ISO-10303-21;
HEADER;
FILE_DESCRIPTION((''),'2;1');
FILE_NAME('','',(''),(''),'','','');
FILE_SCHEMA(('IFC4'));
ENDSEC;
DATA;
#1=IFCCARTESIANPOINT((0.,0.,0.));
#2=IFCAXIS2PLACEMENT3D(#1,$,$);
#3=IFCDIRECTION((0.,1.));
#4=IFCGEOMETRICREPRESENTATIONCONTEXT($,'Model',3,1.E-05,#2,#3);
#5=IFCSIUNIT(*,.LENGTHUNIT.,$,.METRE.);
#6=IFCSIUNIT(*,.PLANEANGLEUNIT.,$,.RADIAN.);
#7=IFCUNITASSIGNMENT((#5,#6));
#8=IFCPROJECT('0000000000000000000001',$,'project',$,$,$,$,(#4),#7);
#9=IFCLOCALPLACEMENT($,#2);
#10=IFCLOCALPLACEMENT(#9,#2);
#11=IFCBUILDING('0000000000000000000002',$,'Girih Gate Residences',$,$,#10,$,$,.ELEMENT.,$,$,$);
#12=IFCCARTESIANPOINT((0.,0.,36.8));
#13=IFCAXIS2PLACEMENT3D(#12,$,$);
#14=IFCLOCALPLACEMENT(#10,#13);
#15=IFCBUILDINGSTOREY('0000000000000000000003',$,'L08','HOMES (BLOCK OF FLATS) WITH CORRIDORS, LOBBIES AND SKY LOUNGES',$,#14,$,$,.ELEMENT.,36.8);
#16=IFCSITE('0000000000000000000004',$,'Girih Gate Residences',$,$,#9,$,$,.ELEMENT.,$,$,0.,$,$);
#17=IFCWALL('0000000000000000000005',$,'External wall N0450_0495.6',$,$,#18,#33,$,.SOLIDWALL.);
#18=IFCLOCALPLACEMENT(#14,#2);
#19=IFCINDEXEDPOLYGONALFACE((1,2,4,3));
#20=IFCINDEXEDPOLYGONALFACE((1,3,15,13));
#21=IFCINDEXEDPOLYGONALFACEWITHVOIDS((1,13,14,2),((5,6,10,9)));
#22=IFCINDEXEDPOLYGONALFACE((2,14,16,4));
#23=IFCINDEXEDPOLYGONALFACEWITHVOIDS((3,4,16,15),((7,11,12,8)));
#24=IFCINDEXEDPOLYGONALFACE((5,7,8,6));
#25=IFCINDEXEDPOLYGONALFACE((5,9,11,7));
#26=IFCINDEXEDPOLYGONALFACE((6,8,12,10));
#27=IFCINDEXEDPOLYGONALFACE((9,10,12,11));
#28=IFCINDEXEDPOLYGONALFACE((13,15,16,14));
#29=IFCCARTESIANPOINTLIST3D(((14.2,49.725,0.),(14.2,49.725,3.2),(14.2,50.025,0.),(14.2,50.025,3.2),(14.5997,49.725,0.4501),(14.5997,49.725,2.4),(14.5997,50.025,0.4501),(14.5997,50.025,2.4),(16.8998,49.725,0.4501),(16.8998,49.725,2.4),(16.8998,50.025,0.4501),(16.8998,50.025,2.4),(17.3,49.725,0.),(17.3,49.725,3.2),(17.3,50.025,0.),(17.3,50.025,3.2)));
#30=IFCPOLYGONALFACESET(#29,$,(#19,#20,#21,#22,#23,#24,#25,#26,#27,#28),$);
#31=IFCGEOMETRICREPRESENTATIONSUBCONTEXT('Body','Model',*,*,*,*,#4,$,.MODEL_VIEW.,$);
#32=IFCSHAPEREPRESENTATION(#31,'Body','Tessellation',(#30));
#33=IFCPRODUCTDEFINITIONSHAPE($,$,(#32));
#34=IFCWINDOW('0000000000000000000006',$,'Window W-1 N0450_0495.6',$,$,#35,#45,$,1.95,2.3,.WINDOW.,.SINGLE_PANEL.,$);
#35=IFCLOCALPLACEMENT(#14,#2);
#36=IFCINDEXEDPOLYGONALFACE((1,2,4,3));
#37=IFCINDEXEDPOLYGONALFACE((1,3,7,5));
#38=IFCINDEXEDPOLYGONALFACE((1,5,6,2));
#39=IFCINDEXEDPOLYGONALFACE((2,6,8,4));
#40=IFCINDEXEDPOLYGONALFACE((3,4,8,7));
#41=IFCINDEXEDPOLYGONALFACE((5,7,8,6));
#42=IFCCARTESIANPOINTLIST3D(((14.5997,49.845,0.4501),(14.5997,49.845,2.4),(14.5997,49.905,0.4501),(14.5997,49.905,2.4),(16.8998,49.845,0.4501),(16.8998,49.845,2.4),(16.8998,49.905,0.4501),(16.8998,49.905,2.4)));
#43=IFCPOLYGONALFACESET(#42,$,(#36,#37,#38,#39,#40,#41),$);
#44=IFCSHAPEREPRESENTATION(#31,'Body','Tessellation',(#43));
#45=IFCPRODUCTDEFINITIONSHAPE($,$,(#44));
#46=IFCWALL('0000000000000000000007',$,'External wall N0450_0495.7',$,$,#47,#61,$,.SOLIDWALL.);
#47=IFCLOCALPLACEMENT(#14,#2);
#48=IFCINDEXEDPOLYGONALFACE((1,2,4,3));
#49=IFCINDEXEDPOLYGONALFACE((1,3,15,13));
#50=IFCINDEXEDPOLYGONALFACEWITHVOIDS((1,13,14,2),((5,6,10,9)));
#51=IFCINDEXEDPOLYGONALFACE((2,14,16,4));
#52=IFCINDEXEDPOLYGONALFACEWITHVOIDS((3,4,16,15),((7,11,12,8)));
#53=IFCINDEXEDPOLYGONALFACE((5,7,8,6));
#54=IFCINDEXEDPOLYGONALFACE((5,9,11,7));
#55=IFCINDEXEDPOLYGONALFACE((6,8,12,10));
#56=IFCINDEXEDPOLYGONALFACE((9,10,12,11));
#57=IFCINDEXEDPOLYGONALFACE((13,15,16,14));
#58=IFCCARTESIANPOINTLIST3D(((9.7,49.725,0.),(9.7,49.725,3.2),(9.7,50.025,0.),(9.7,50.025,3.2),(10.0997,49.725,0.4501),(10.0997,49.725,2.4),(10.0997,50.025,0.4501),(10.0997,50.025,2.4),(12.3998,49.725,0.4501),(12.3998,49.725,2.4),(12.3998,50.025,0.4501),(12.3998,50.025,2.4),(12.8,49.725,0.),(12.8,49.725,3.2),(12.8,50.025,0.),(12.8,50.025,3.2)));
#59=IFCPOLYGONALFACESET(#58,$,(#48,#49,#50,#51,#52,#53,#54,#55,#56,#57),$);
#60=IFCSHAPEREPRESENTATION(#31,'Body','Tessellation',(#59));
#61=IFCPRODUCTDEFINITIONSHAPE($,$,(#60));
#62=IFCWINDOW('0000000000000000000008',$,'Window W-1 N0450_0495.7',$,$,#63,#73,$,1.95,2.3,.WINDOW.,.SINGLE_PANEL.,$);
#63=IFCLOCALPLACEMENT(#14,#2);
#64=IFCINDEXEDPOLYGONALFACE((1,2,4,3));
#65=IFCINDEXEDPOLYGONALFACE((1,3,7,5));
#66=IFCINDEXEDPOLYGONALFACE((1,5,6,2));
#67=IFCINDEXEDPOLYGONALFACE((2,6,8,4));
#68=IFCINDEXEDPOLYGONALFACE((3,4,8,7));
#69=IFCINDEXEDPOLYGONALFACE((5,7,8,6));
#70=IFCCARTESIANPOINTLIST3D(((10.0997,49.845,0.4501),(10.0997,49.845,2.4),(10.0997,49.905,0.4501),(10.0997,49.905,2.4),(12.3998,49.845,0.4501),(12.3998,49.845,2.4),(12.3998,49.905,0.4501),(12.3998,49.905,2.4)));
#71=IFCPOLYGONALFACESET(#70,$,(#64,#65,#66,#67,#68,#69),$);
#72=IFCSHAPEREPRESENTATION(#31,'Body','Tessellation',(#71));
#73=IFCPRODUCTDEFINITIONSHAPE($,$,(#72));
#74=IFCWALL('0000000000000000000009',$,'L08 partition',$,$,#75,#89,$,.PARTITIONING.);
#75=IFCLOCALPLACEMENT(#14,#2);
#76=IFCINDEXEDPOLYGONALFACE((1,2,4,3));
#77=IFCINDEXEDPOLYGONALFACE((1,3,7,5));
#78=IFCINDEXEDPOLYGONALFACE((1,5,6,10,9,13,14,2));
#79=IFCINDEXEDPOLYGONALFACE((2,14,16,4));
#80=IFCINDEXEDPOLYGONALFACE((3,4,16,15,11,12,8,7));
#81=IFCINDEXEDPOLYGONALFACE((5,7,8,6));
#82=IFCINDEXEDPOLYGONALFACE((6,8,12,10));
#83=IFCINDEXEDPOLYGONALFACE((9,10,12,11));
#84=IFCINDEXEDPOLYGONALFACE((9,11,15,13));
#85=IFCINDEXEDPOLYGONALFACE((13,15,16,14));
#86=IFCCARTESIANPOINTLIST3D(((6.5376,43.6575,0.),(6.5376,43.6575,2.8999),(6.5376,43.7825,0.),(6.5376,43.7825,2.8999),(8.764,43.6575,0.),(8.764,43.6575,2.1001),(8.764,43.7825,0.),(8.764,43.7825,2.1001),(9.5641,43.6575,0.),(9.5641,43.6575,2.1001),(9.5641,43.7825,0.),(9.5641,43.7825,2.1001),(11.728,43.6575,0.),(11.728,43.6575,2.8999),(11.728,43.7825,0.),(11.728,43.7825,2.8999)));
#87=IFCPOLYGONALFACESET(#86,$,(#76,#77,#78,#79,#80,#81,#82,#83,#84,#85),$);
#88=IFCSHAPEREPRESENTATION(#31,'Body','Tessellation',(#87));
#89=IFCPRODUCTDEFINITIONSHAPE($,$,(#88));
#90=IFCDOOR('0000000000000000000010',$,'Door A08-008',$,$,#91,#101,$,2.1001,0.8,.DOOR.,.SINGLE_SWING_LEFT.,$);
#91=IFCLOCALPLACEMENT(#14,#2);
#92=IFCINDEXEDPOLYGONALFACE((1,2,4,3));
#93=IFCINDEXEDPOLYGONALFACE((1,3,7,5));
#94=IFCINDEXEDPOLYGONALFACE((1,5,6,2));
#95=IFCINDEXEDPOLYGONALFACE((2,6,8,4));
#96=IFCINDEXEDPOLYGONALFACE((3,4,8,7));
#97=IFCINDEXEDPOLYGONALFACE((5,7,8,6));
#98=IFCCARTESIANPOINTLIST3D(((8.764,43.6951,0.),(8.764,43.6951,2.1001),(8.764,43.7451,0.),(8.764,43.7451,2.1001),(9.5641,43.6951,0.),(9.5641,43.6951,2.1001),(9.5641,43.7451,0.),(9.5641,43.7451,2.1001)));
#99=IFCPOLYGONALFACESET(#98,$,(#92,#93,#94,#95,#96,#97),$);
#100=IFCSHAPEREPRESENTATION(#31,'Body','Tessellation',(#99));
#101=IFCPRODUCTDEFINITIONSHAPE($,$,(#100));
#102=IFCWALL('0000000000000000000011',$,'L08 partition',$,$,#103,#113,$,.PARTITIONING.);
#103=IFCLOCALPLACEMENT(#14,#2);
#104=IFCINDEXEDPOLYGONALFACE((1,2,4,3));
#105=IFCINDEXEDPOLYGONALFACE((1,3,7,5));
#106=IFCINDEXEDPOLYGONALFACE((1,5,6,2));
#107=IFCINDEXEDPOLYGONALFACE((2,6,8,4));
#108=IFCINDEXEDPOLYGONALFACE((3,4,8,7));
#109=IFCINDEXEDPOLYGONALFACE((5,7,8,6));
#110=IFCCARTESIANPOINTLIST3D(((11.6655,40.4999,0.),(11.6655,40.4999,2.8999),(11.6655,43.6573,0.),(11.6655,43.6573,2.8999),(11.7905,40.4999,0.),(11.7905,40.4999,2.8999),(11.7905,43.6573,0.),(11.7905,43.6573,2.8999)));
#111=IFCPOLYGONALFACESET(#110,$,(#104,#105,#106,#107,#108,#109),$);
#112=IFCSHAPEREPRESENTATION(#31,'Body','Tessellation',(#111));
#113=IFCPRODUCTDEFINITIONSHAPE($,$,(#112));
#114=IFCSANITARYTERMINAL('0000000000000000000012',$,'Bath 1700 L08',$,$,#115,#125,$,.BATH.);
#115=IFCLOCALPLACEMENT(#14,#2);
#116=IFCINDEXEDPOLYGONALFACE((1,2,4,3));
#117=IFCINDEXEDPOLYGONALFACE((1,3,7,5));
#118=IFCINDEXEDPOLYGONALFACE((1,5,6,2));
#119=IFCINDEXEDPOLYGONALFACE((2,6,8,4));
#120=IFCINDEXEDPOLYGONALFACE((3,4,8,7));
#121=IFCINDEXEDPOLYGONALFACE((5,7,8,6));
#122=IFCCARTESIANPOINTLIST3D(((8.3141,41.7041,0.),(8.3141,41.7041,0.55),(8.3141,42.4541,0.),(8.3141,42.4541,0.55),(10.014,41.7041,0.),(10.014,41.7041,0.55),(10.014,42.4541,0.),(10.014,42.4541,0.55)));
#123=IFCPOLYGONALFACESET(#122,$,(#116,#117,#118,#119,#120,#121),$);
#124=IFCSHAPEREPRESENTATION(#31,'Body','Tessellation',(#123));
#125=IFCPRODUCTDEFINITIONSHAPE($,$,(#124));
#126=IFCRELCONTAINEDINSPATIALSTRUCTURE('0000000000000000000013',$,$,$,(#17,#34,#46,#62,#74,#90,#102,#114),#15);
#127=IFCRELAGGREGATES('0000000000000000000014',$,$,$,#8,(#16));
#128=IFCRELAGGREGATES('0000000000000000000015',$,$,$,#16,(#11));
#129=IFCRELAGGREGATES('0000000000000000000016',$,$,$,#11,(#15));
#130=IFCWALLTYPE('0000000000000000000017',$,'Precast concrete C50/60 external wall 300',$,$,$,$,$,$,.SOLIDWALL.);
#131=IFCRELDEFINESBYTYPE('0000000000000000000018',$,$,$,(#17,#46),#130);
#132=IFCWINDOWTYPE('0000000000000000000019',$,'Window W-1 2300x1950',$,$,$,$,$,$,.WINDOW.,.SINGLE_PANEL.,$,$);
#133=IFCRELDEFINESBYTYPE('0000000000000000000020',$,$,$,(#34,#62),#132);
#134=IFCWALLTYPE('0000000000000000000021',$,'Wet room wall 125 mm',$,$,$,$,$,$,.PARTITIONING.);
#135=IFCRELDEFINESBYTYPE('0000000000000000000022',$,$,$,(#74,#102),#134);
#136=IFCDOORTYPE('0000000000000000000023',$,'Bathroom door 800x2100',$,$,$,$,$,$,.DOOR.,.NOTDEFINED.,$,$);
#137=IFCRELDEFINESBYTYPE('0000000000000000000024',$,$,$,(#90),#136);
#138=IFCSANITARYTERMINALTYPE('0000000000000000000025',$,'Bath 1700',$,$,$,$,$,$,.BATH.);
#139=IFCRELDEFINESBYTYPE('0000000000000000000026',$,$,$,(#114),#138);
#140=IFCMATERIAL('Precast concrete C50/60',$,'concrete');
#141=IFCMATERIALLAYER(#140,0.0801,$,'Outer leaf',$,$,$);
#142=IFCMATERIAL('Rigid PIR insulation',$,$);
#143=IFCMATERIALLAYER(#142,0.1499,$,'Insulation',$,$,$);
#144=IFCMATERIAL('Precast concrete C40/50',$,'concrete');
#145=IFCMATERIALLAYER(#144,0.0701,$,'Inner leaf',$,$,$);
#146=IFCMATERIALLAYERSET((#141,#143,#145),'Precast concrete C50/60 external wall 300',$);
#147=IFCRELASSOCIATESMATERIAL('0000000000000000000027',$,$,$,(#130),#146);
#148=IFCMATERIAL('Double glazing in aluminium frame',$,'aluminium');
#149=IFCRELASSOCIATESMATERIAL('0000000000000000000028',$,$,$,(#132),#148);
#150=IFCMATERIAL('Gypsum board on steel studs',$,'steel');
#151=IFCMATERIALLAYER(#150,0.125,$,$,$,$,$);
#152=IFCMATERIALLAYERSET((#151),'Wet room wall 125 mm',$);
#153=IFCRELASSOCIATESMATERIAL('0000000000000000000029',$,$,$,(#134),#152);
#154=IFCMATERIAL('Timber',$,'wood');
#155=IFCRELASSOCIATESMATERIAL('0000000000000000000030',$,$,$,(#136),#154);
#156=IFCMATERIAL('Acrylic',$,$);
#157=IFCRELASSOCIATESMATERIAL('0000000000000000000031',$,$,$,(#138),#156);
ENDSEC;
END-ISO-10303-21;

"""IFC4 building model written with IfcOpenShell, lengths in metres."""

from ifc_helpers import new_model, si_unit, direction, frame, frame_2d, origin, origin_2d, place, context, subcontext, project, spatial, rectangle, extrude, material, layer, layer_set, type_object, element, fill, save


model = new_model("IFC4")

# Units and contexts
model_context = context("Model", 3, precision=1e-05, world=origin(), true_north=direction((0.0, 1.0)))
body_context = subcontext(model_context, "Body", "Model", "MODEL_VIEW")
ifc_project = project(units=[si_unit("LENGTHUNIT", "METRE"), si_unit("PLANEANGLEUNIT", "RADIAN")], contexts=[model_context])

# Site, building, storey
site_placement = place(None, origin())
site = spatial("IfcSite", under=ifc_project, at=site_placement, Name="Girih Gate Residences", CompositionType="ELEMENT", RefElevation=0.0)
building_placement = place(site_placement, origin())
building = spatial("IfcBuilding", under=site, at=building_placement, Name="Girih Gate Residences", CompositionType="ELEMENT")
storey_placement = place(building_placement, frame((0.0, 0.0, 36.8)))
storey = spatial("IfcBuildingStorey", under=building, at=storey_placement, Name="L08", Description="HOMES (BLOCK OF FLATS) WITH CORRIDORS, LOBBIES AND SKY LOUNGES", CompositionType="ELEMENT", Elevation=36.8)

# Shared definitions
ifc_material_1 = material(Name="Gypsum board on steel studs", Category="steel")

# Shared definitions
ifc_material_2 = material(Name="Timber", Category="wood")

# Walls, openings, windows
ifc_material_3 = material(Name="Precast concrete C50/60", Category="concrete")
ifc_layer_1 = layer(ifc_material_3, 0.0801, Name="Outer leaf")
ifc_material_4 = material(Name="Rigid PIR insulation")
ifc_layer_2 = layer(ifc_material_4, 0.1499, Name="Insulation")
ifc_material_5 = material(Name="Precast concrete C40/50", Category="concrete")
ifc_layer_3 = layer(ifc_material_5, 0.0701, Name="Inner leaf")
ifc_layer_set_1 = layer_set([ifc_layer_1, ifc_layer_2, ifc_layer_3], Name="Precast concrete C50/60 external wall 300")
wall_type_1 = type_object("IfcWallType", Name="Precast concrete C50/60 external wall 300", PredefinedType="SOLIDWALL", material=ifc_layer_set_1)
ifc_material_6 = material(Name="Double glazing in aluminium frame", Category="aluminium")
window_type = type_object("IfcWindowType", Name="Window W-1 2300x1950", PartitioningType="SINGLE_PANEL", PredefinedType="WINDOW", material=ifc_material_6)
wall_1_placement = place(storey_placement, frame((14.2, 49.875, 0.0), z_axis=(0.0, 0.0, 1.0), x_axis=(1.0, 0.0, 0.0)))
wall_1 = element("IfcWall", 1, at=wall_1_placement, inside=storey, type_object=wall_type_1, Name="External wall N0450_0495.6", PredefinedType="SOLIDWALL", context=body_context, shape_type="SweptSolid", body=[
    extrude(rectangle(XDim=3.1001, YDim=0.3, at=frame_2d((1.55, 0.0))), origin(), (0.0, 0.0, 1.0), 3.2),
])
opening_1_placement = place(wall_1_placement, frame((0.3999, 0.0, 0.45)))
opening_1 = element("IfcOpeningElement", 2, at=opening_1_placement, cuts=wall_1, PredefinedType="OPENING", context=body_context, shape_type="SweptSolid", body=[
    extrude(rectangle(XDim=2.3, YDim=1.95, at=frame_2d((1.1499, 0.9751))), frame((0.0, 0.1599, 0.0), z_axis=(0.0, -1.0, 0.0), x_axis=(1.0, 0.0, 0.0)), (0.0, 0.0, 1.0), 0.3201),
])
window_1_placement = place(opening_1_placement, origin())
window_1 = element("IfcWindow", 3, at=window_1_placement, inside=storey, type_object=window_type, Name="Window W-1 N0450_0495.6", OverallHeight=1.95, OverallWidth=2.3, PartitioningType="SINGLE_PANEL", PredefinedType="WINDOW", context=body_context, shape_type="SweptSolid", body=[
    extrude(rectangle(XDim=2.3, YDim=1.95, at=frame_2d((1.1499, 0.9751))), frame((0.0, 0.03, 0.0), z_axis=(0.0, -1.0, 0.0), x_axis=(1.0, 0.0, 0.0)), (0.0, 0.0, 1.0), 0.0601),
])
fill(opening_1, window_1)
wall_2_placement = place(storey_placement, frame((9.7, 49.875, 0.0), z_axis=(0.0, 0.0, 1.0), x_axis=(1.0, 0.0, 0.0)))
wall_2 = element("IfcWall", 4, at=wall_2_placement, inside=storey, type_object=wall_type_1, Name="External wall N0450_0495.7", PredefinedType="SOLIDWALL", context=body_context, shape_type="SweptSolid", body=[
    extrude(rectangle(XDim=3.1001, YDim=0.3, at=frame_2d((1.55, 0.0))), origin(), (0.0, 0.0, 1.0), 3.2),
])
opening_2_placement = place(wall_2_placement, frame((0.3999, 0.0, 0.45)))
opening_2 = element("IfcOpeningElement", 5, at=opening_2_placement, cuts=wall_2, PredefinedType="OPENING", context=body_context, shape_type="SweptSolid", body=[
    extrude(rectangle(XDim=2.3, YDim=1.95, at=frame_2d((1.1499, 0.9751))), frame((0.0, 0.1599, 0.0), z_axis=(0.0, -1.0, 0.0), x_axis=(1.0, 0.0, 0.0)), (0.0, 0.0, 1.0), 0.3201),
])
window_2_placement = place(opening_2_placement, origin())
window_2 = element("IfcWindow", 6, at=window_2_placement, inside=storey, type_object=window_type, Name="Window W-1 N0450_0495.7", OverallHeight=1.95, OverallWidth=2.3, PartitioningType="SINGLE_PANEL", PredefinedType="WINDOW", context=body_context, shape_type="SweptSolid", body=[
    extrude(rectangle(XDim=2.3, YDim=1.95, at=frame_2d((1.1499, 0.9751))), frame((0.0, 0.03, 0.0), z_axis=(0.0, -1.0, 0.0), x_axis=(1.0, 0.0, 0.0)), (0.0, 0.0, 1.0), 0.0601),
])
fill(opening_2, window_2)

# Wall, opening, door
ifc_layer_4 = layer(ifc_material_1, 0.125)
ifc_layer_set_2 = layer_set([ifc_layer_4], Name="Wet room wall 125 mm")
wall_type_2 = type_object("IfcWallType", Name="Wet room wall 125 mm", PredefinedType="PARTITIONING", material=ifc_layer_set_2)
wall_3_placement = place(storey_placement, frame((11.728, 43.72, 0.0), z_axis=(0.0, 0.0, 1.0), x_axis=(-1.0, 0.0, 0.0)))
wall_3 = element("IfcWall", 7, at=wall_3_placement, inside=storey, type_object=wall_type_2, Name="L08 partition", PredefinedType="PARTITIONING", context=body_context, shape_type="SweptSolid", body=[
    extrude(rectangle(XDim=5.1904, YDim=0.125, at=frame_2d((2.5952, 0.0))), origin(), (0.0, 0.0, 1.0), 2.8999),
])
opening_3_placement = place(wall_3_placement, frame((2.1641, 0.0, 0.0)))
opening_3 = element("IfcOpeningElement", 8, at=opening_3_placement, cuts=wall_3, PredefinedType="OPENING", context=body_context, shape_type="SweptSolid", body=[
    extrude(rectangle(XDim=0.8, YDim=2.1001, at=frame_2d((0.3999, 1.05))), frame((0.0, 0.0725, 0.0), z_axis=(0.0, -1.0, 0.0), x_axis=(1.0, 0.0, 0.0)), (0.0, 0.0, 1.0), 0.145),
])
door_type_1 = type_object("IfcDoorType", Name="Bathroom door 800x2100", OperationType="NOTDEFINED", PredefinedType="DOOR", material=ifc_material_2)
door_1_placement = place(opening_3_placement, origin())
door_1 = element("IfcDoor", 9, at=door_1_placement, inside=storey, type_object=door_type_1, Name="Door A08-008", OperationType="SINGLE_SWING_LEFT", OverallHeight=2.1001, OverallWidth=0.8, PredefinedType="DOOR", context=body_context, shape_type="SweptSolid", body=[
    extrude(rectangle(XDim=0.8, YDim=2.1001, at=frame_2d((0.3999, 1.05))), frame((0.0, 0.0249, 0.0), z_axis=(0.0, -1.0, 0.0), x_axis=(1.0, 0.0, 0.0)), (0.0, 0.0, 1.0), 0.05),
])
fill(opening_3, door_1)

# Wall
wall_4_placement = place(storey_placement, frame((11.728, 40.5, 0.0), z_axis=(0.0, 0.0, 1.0), x_axis=(0.0, 1.0, 0.0)))
element("IfcWall", 10, at=wall_4_placement, inside=storey, type_object=wall_type_2, Name="L08 partition", PredefinedType="PARTITIONING", context=body_context, shape_type="SweptSolid", body=[
    extrude(rectangle(XDim=3.1575, YDim=0.125, at=frame_2d((1.5786, 0.0))), origin(), (0.0, 0.0, 1.0), 2.8999),
])

# Sanitary terminal
ifc_material_7 = material(Name="Acrylic")
sanitary_terminal_type = type_object("IfcSanitaryTerminalType", Name="Bath 1700", PredefinedType="BATH", material=ifc_material_7)
sanitary_terminal_placement = place(storey_placement, frame((9.1641, 42.0791, 0.0), z_axis=(0.0, 0.0, 1.0), x_axis=(1.0, 0.0, 0.0)))
element("IfcSanitaryTerminal", 11, at=sanitary_terminal_placement, inside=storey, type_object=sanitary_terminal_type, Name="Bath 1700 L08", PredefinedType="BATH", context=body_context, shape_type="SweptSolid", body=[
    extrude(rectangle(XDim=1.7, YDim=0.75, at=origin_2d()), origin(), (0.0, 0.0, 1.0), 0.55),
])

save(model, "model.ifc")
